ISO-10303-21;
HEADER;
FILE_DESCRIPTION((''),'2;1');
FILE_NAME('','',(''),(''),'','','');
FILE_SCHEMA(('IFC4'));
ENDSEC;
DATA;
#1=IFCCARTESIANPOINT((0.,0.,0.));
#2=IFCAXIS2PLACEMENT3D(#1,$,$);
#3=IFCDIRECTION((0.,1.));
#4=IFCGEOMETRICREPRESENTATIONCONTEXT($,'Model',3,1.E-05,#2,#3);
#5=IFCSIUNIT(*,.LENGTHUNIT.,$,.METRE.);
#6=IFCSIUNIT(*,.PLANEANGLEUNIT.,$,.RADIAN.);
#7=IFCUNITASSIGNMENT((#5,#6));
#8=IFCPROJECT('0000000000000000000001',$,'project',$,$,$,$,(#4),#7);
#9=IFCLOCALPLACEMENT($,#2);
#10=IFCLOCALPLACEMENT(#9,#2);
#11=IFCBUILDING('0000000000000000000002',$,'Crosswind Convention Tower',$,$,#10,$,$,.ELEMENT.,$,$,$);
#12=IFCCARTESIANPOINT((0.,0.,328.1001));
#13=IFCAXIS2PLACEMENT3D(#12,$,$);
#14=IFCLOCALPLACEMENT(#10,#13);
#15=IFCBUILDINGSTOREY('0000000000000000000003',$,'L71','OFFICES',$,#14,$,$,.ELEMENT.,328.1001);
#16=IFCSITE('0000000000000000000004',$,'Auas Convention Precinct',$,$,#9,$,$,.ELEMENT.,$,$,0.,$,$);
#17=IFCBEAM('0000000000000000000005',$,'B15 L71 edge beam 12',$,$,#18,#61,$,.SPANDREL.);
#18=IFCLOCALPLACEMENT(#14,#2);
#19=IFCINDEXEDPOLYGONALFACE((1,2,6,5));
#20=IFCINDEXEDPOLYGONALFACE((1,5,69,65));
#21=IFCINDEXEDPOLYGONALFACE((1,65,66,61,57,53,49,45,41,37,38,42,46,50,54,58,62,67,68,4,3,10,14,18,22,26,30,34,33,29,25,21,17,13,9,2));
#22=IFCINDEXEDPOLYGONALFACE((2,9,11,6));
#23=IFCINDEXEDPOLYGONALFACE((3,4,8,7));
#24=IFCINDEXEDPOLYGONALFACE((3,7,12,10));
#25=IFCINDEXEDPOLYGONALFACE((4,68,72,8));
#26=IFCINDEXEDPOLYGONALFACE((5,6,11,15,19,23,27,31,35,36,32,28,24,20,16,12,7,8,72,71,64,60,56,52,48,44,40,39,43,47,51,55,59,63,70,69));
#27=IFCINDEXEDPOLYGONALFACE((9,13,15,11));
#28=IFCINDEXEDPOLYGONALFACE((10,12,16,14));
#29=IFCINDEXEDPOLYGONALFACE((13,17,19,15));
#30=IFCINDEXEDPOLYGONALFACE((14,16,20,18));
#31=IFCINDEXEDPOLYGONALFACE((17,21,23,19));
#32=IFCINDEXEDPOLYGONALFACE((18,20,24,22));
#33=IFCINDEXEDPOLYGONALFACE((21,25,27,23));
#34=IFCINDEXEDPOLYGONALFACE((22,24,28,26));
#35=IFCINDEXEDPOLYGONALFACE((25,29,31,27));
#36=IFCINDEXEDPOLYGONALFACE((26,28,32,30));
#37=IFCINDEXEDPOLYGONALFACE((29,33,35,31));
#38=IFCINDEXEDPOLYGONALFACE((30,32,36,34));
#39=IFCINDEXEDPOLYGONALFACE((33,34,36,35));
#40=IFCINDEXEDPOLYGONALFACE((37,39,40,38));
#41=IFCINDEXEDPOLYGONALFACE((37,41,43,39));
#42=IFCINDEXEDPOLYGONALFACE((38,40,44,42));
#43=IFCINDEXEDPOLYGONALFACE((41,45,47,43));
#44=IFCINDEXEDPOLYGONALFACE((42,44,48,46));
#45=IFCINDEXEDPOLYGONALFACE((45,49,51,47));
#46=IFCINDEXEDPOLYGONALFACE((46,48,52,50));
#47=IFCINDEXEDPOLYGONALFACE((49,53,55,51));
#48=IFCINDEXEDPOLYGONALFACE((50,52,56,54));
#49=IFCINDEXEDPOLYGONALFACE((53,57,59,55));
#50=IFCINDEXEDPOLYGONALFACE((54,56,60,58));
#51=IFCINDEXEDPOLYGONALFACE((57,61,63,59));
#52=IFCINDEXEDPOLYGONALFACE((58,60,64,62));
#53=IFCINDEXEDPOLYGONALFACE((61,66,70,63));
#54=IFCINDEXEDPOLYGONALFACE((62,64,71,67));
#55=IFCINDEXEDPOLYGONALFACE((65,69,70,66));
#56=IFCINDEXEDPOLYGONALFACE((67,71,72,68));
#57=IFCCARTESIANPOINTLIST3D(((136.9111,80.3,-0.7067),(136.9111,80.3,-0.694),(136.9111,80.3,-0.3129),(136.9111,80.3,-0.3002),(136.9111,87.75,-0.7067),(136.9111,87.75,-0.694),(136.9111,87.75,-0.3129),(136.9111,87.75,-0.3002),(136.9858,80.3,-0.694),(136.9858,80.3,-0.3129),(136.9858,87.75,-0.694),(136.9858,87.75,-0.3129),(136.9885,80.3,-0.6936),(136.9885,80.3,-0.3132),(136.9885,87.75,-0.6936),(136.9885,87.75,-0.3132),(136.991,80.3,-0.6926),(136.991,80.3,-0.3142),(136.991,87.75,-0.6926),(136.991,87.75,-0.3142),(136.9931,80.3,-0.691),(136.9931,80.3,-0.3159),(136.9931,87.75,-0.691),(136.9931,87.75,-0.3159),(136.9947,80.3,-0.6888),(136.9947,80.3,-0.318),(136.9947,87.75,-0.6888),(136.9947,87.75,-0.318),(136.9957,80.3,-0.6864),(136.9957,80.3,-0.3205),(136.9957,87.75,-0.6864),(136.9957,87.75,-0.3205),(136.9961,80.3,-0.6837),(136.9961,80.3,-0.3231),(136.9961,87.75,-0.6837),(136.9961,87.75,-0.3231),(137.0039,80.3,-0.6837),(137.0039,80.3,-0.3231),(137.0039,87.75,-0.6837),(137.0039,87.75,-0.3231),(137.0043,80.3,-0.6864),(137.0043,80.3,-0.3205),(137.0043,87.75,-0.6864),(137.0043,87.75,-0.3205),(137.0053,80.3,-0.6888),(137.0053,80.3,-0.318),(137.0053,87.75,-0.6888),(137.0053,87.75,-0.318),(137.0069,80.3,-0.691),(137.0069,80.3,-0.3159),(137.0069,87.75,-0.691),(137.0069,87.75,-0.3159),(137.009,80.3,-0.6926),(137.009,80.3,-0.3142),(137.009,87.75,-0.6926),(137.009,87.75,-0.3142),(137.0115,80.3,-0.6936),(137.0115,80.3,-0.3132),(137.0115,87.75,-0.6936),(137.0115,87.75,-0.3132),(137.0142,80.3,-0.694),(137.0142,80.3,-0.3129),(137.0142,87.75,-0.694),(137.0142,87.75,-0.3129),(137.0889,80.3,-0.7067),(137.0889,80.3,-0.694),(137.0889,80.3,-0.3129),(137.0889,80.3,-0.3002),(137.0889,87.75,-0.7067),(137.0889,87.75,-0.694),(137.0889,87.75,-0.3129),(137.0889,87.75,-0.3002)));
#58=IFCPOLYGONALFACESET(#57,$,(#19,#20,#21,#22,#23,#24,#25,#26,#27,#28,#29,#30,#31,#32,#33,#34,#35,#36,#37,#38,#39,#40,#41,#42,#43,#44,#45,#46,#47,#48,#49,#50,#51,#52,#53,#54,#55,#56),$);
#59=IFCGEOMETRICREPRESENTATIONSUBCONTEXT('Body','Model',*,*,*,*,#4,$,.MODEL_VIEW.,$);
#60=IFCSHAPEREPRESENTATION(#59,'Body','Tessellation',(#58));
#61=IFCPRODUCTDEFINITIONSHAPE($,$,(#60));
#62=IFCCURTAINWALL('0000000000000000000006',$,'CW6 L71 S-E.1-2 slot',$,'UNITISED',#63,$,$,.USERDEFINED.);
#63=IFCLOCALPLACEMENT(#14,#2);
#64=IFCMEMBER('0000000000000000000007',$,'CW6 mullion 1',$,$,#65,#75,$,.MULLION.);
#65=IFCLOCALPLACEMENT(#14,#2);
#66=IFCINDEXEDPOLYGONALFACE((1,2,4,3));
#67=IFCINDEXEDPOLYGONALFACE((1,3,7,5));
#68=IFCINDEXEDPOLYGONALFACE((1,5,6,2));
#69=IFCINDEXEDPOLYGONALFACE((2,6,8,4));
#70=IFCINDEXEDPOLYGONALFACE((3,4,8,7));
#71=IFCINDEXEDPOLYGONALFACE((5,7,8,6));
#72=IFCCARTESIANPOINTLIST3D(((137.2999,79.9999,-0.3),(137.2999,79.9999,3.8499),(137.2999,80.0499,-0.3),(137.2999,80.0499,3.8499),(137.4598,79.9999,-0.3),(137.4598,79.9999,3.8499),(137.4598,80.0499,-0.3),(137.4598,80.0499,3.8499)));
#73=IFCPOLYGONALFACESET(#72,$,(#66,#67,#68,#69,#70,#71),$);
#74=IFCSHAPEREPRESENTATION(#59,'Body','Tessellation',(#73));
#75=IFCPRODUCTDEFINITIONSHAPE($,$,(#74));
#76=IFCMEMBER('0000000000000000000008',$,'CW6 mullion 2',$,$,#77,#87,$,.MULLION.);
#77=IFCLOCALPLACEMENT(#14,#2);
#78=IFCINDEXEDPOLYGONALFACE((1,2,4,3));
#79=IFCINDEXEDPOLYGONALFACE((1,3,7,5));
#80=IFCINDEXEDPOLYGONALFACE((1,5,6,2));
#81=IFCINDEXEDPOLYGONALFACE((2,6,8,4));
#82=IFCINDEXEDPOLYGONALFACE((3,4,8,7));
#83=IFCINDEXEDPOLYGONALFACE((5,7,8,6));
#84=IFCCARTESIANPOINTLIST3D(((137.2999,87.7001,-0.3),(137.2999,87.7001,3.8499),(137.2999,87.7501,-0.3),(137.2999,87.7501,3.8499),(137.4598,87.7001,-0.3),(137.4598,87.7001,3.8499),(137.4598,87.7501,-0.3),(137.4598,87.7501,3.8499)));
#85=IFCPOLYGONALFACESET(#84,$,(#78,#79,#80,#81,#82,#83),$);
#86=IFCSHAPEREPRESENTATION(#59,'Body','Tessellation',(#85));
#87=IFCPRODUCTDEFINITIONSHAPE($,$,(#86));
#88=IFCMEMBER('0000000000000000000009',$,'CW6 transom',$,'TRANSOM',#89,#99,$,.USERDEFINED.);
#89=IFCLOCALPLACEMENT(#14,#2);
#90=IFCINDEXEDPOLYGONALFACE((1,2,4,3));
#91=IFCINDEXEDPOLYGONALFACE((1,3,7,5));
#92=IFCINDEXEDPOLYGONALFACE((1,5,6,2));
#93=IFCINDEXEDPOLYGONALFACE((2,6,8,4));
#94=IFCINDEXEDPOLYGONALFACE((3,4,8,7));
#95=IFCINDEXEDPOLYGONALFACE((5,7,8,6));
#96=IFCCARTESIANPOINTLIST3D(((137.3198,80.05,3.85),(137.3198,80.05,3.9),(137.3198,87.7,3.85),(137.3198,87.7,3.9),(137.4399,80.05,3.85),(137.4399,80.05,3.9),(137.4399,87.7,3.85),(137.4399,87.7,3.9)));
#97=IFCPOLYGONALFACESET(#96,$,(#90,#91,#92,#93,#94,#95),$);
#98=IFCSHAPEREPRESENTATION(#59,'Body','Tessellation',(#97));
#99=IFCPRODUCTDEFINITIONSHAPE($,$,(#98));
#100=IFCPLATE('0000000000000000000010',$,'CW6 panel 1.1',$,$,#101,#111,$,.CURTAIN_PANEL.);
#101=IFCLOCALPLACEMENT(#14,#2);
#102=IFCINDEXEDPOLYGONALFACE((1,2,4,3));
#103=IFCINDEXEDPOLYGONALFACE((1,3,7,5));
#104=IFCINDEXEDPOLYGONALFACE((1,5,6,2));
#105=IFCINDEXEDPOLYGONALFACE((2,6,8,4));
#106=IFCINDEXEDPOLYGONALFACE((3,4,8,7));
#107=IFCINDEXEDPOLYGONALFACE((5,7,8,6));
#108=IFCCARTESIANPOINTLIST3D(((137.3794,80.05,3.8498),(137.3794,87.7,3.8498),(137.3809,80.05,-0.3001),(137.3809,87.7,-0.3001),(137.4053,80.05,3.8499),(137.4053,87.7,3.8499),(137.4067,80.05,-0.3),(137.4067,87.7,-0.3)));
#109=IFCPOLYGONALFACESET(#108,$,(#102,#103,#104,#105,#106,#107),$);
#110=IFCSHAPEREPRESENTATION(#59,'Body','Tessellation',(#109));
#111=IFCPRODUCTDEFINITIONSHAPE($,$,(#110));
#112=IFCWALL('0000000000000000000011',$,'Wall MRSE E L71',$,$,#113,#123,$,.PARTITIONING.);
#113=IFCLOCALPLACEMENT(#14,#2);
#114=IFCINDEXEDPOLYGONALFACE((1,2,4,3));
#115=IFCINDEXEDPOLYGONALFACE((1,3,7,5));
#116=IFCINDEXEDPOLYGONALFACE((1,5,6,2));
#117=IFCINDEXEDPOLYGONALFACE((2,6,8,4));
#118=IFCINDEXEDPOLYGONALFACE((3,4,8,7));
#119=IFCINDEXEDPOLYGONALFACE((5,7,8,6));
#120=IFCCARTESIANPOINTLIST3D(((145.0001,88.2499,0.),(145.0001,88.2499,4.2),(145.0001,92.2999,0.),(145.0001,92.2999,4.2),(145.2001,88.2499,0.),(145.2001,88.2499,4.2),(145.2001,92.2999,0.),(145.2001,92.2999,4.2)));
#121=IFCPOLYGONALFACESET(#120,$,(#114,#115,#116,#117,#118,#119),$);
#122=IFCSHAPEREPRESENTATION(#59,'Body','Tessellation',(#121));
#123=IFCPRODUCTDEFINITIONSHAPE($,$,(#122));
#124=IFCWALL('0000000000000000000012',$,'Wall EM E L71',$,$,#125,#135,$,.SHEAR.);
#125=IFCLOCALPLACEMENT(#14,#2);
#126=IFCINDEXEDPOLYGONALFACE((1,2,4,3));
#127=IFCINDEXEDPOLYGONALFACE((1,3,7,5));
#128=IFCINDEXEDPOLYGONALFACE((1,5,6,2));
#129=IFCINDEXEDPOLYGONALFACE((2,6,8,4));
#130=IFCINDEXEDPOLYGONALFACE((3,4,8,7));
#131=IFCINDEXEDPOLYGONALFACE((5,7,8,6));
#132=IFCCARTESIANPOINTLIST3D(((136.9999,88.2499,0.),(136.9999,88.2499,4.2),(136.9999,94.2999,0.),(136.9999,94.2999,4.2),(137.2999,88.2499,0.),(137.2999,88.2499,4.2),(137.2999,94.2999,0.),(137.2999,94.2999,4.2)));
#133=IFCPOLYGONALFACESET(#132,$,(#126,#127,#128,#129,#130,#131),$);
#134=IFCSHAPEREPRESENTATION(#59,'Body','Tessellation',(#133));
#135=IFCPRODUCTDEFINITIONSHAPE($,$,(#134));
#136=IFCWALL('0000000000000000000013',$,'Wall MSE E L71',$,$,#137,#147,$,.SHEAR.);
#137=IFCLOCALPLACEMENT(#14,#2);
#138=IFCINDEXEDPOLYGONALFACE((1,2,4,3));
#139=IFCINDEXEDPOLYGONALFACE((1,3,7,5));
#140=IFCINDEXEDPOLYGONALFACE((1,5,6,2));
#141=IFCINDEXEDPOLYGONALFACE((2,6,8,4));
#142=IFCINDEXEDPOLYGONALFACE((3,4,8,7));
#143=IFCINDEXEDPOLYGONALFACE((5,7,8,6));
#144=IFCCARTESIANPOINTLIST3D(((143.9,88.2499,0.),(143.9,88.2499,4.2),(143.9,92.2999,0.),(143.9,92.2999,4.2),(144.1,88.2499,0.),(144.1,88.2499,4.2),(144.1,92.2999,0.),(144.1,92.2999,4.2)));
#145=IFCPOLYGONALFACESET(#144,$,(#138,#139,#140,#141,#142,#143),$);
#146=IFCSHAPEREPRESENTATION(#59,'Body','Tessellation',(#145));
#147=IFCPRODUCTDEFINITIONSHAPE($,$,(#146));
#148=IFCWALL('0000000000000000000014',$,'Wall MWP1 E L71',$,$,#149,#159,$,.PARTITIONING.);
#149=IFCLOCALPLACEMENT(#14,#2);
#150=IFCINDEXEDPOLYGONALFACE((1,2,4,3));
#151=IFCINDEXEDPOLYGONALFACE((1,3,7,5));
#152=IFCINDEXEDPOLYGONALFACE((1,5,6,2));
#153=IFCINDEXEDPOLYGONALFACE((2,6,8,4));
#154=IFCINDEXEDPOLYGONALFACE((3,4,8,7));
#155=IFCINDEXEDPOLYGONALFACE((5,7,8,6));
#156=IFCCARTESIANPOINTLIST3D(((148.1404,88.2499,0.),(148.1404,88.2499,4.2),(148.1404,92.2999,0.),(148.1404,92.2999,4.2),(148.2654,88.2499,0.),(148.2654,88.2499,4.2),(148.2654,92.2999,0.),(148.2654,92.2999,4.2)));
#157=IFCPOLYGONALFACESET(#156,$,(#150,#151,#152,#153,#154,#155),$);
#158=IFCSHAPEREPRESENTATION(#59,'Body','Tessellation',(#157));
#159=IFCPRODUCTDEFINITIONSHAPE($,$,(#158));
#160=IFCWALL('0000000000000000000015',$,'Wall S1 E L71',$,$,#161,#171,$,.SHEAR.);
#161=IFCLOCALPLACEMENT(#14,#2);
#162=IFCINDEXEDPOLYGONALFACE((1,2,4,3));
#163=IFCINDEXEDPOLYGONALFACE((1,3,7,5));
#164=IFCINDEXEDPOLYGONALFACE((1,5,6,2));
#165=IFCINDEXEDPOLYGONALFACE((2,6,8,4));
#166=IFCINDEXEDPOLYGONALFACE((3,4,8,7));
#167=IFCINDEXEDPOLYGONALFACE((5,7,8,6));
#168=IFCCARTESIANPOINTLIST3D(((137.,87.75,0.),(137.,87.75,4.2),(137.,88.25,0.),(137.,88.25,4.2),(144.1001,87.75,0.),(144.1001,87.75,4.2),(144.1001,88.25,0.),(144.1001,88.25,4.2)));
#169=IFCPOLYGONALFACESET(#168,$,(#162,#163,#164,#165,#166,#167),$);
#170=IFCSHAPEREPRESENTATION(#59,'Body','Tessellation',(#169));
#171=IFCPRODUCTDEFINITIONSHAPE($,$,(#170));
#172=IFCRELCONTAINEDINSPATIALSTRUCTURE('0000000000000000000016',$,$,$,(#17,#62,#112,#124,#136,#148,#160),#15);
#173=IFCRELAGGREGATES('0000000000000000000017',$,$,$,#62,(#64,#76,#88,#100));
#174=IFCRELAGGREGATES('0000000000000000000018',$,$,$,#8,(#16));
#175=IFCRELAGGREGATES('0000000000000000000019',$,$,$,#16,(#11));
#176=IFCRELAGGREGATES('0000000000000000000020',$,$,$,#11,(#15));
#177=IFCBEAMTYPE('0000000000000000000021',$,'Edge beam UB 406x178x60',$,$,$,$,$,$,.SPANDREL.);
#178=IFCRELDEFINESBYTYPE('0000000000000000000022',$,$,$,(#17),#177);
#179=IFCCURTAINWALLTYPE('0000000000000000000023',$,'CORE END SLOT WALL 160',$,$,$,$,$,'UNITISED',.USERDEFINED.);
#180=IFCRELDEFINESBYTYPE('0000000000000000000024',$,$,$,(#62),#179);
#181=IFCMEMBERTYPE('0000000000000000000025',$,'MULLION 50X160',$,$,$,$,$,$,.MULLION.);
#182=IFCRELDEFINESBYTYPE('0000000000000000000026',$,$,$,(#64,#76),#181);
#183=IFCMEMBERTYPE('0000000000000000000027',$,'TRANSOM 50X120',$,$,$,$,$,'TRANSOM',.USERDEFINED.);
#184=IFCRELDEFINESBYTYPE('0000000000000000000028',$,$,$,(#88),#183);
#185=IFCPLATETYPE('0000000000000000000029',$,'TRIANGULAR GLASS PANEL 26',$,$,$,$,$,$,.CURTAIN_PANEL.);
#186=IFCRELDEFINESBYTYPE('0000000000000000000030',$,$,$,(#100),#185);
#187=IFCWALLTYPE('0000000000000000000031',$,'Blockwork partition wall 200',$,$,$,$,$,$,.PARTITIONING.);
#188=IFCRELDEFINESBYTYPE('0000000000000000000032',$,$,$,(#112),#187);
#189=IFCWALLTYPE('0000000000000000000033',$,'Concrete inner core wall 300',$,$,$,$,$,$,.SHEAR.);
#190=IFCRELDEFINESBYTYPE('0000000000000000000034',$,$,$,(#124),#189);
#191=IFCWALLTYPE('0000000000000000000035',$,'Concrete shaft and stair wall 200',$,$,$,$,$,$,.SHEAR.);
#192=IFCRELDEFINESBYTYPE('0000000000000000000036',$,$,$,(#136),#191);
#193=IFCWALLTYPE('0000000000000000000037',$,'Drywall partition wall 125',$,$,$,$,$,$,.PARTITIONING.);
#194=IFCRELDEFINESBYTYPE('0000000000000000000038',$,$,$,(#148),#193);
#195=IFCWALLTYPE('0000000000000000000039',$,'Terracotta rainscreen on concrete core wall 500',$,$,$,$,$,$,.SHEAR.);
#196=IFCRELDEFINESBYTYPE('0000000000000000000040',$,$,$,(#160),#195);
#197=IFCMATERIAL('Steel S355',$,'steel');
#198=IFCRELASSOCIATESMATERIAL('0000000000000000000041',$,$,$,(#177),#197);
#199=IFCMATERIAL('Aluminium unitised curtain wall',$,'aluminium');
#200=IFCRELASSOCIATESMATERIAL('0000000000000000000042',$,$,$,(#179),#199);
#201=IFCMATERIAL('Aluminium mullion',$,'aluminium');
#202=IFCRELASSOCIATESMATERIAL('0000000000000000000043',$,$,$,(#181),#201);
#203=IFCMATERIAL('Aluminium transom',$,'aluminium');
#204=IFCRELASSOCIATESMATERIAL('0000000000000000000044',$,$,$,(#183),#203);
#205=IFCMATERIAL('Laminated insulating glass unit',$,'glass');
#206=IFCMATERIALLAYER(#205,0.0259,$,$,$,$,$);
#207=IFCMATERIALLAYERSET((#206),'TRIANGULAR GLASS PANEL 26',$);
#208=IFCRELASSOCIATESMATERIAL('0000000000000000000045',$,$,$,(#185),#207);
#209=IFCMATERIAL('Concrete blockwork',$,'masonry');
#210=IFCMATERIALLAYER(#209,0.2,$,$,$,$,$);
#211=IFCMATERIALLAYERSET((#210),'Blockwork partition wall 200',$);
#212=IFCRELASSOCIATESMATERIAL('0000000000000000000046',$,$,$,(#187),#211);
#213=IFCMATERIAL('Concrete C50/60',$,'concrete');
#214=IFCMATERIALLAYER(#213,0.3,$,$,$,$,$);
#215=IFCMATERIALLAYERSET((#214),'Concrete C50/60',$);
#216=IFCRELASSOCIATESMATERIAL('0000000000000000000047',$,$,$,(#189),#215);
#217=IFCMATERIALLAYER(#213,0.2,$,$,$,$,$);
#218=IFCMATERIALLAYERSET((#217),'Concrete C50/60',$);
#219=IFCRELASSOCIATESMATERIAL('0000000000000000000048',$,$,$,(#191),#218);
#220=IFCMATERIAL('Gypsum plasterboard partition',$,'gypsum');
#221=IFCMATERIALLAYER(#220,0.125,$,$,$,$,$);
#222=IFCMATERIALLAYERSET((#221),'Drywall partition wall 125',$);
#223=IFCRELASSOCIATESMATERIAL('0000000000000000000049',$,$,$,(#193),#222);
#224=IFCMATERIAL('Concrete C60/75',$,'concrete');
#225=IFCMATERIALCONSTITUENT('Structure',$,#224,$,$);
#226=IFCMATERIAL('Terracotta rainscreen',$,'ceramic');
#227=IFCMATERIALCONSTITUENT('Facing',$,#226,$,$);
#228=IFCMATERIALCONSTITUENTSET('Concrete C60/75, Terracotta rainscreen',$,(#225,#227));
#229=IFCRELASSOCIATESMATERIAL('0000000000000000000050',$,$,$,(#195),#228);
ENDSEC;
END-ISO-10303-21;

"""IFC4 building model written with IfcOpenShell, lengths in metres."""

from ifc_helpers import new_model, si_unit, direction, frame, frame_2d, origin, origin_2d, place, context, subcontext, project, spatial, polyline, rectangle, i_section, outline, extrude, material, layer, layer_set, constituent, constituent_set, material_profile, profile_set, type_object, element, aggregate, save


model = new_model("IFC4")

# Units and contexts
model_context = context("Model", 3, precision=1e-05, world=origin(), true_north=direction((0.0, 1.0)))
body_context = subcontext(model_context, "Body", "Model", "MODEL_VIEW")
ifc_project = project(units=[si_unit("LENGTHUNIT", "METRE"), si_unit("PLANEANGLEUNIT", "RADIAN")], contexts=[model_context])

# Site, building, storey
site_placement = place(None, origin())
site = spatial("IfcSite", under=ifc_project, at=site_placement, Name="Auas Convention Precinct", CompositionType="ELEMENT", RefElevation=0.0)
building_placement = place(site_placement, origin())
building = spatial("IfcBuilding", under=site, at=building_placement, Name="Crosswind Convention Tower", CompositionType="ELEMENT")
storey_placement = place(building_placement, frame((0.0, 0.0, 328.1001)))
storey = spatial("IfcBuildingStorey", under=building, at=storey_placement, Name="L71", Description="OFFICES", CompositionType="ELEMENT", Elevation=328.1001)

# Beam
ifc_material_1 = material(Name="Steel S355", Category="steel")
ifc_material_profile_1 = material_profile(ifc_material_1, i_section(OverallWidth=0.1777, OverallDepth=0.4065, WebThickness=0.0078, FlangeThickness=0.0127, FilletRadius=0.0103, at=origin_2d()), Name="UB 406x178x60")
ifc_profile_set_1 = profile_set([ifc_material_profile_1], Name="Steel S355")
beam_type = type_object("IfcBeamType", Name="Edge beam UB 406x178x60", PredefinedType="SPANDREL", material=ifc_profile_set_1)
beam_placement = place(storey_placement, frame((137.0, 80.3, -0.5034), z_axis=(0.0, 1.0, 0.0), x_axis=(-1.0, 0.0, 0.0)))
element("IfcBeam", 1, at=beam_placement, inside=storey, type_object=beam_type, Name="B15 L71 edge beam 12", PredefinedType="SPANDREL", context=body_context, shape_type="SweptSolid", body=[
    extrude(i_section(OverallWidth=0.1777, OverallDepth=0.4065, WebThickness=0.0078, FlangeThickness=0.0127, FilletRadius=0.0103, at=origin_2d()), origin(), (0.0, 0.0, 1.0), 7.45),
])

# Curtain wall, members, plate
ifc_material_2 = material(Name="Aluminium unitised curtain wall", Category="aluminium")
curtain_wall_type = type_object("IfcCurtainWallType", Name="CORE END SLOT WALL 160", ElementType="UNITISED", PredefinedType="USERDEFINED", material=ifc_material_2)
curtain_wall_placement = place(storey_placement, origin())
curtain_wall = element("IfcCurtainWall", 2, at=curtain_wall_placement, inside=storey, type_object=curtain_wall_type, Name="CW6 L71 S-E.1-2 slot", ObjectType="UNITISED", PredefinedType="USERDEFINED")
ifc_material_3 = material(Name="Aluminium mullion", Category="aluminium")
ifc_material_profile_2 = material_profile(ifc_material_3, rectangle(XDim=0.1599, YDim=0.05, at=origin_2d()), Name="AL 160X50")
ifc_profile_set_2 = profile_set([ifc_material_profile_2], Name="Aluminium mullion")
member_type_1 = type_object("IfcMemberType", Name="MULLION 50X160", PredefinedType="MULLION", material=ifc_profile_set_2)
member_1_placement = place(storey_placement, frame((137.3799, 80.0249, -0.3), z_axis=(0.0, 0.0, 1.0), x_axis=(1.0, 0.0, 0.0)))
member_1 = element("IfcMember", 3, at=member_1_placement, type_object=member_type_1, Name="CW6 mullion 1", PredefinedType="MULLION", context=body_context, shape_type="SweptSolid", body=[
    extrude(rectangle(XDim=0.1599, YDim=0.05, at=origin_2d()), origin(), (0.0, 0.0, 1.0), 4.1499),
])
member_2_placement = place(storey_placement, frame((137.3799, 87.7251, -0.3), z_axis=(0.0, 0.0, 1.0), x_axis=(1.0, 0.0, 0.0)))
member_2 = element("IfcMember", 4, at=member_2_placement, type_object=member_type_1, Name="CW6 mullion 2", PredefinedType="MULLION", context=body_context, shape_type="SweptSolid", body=[
    extrude(rectangle(XDim=0.1599, YDim=0.05, at=origin_2d()), origin(), (0.0, 0.0, 1.0), 4.1499),
])
ifc_material_4 = material(Name="Aluminium transom", Category="aluminium")
ifc_material_profile_3 = material_profile(ifc_material_4, rectangle(XDim=0.1201, YDim=0.05, at=origin_2d()), Name="AL 120X50")
ifc_profile_set_3 = profile_set([ifc_material_profile_3], Name="Aluminium transom")
member_type_2 = type_object("IfcMemberType", Name="TRANSOM 50X120", ElementType="TRANSOM", PredefinedType="USERDEFINED", material=ifc_profile_set_3)
member_3_placement = place(storey_placement, frame((137.3799, 80.05, 3.875), z_axis=(0.0, 1.0, 0.0), x_axis=(-1.0, 0.0, 0.0)))
member_3 = element("IfcMember", 5, at=member_3_placement, type_object=member_type_2, Name="CW6 transom", ObjectType="TRANSOM", PredefinedType="USERDEFINED", context=body_context, shape_type="SweptSolid", body=[
    extrude(rectangle(XDim=0.1201, YDim=0.05, at=origin_2d()), origin(), (0.0, 0.0, 1.0), 7.6499),
])
ifc_material_5 = material(Name="Laminated insulating glass unit", Category="glass")
ifc_layer_1 = layer(ifc_material_5, 0.0259)
ifc_layer_set_1 = layer_set([ifc_layer_1], Name="TRIANGULAR GLASS PANEL 26")
plate_type = type_object("IfcPlateType", Name="TRIANGULAR GLASS PANEL 26", PredefinedType="CURTAIN_PANEL", material=ifc_layer_set_1)
plate_placement = place(storey_placement, frame((137.4067, 80.05, -0.3), z_axis=(1.0, 0.0, 0.000353), x_axis=(0.0, 1.0, 0.0)))
plate = element("IfcPlate", 6, at=plate_placement, type_object=plate_type, Name="CW6 panel 1.1", PredefinedType="CURTAIN_PANEL", context=body_context, shape_type="SweptSolid", body=[
    extrude(outline(polyline([(0.0, 0.0), (7.6499, 0.0), (7.6499, 4.1499), (0.0, 4.1499), (0.0, 0.0)])), origin(), (0.0, 0.0, -1.0), 0.0259),
])
aggregate(curtain_wall, [member_1, member_2, member_3, plate])

# Walls
ifc_material_6 = material(Name="Concrete blockwork", Category="masonry")
ifc_layer_2 = layer(ifc_material_6, 0.2)
ifc_layer_set_2 = layer_set([ifc_layer_2], Name="Blockwork partition wall 200")
wall_type_1 = type_object("IfcWallType", Name="Blockwork partition wall 200", PredefinedType="PARTITIONING", material=ifc_layer_set_2)
wall_1_placement = place(storey_placement, frame((145.1001, 88.25, 0.0), z_axis=(0.0, 0.0, 1.0), x_axis=(0.0, 1.0, 0.0)))
element("IfcWall", 7, at=wall_1_placement, inside=storey, type_object=wall_type_1, Name="Wall MRSE E L71", PredefinedType="PARTITIONING", context=body_context, shape_type="SweptSolid", body=[
    extrude(rectangle(XDim=4.05, YDim=0.2, at=frame_2d((2.0249, 0.0))), origin(), (0.0, 0.0, 1.0), 4.2),
])
ifc_material_7 = material(Name="Concrete C50/60", Category="concrete")
ifc_layer_3 = layer(ifc_material_7, 0.3)
ifc_layer_set_3 = layer_set([ifc_layer_3], Name="Concrete C50/60")
wall_type_2 = type_object("IfcWallType", Name="Concrete inner core wall 300", PredefinedType="SHEAR", material=ifc_layer_set_3)
wall_2_placement = place(storey_placement, frame((137.1499, 88.25, 0.0), z_axis=(0.0, 0.0, 1.0), x_axis=(0.0, 1.0, 0.0)))
element("IfcWall", 8, at=wall_2_placement, inside=storey, type_object=wall_type_2, Name="Wall EM E L71", PredefinedType="SHEAR", context=body_context, shape_type="SweptSolid", body=[
    extrude(rectangle(XDim=6.05, YDim=0.3, at=frame_2d((3.0249, 0.0))), origin(), (0.0, 0.0, 1.0), 4.2),
])
ifc_layer_4 = layer(ifc_material_7, 0.2)
ifc_layer_set_4 = layer_set([ifc_layer_4], Name="Concrete C50/60")
wall_type_3 = type_object("IfcWallType", Name="Concrete shaft and stair wall 200", PredefinedType="SHEAR", material=ifc_layer_set_4)
wall_3_placement = place(storey_placement, frame((144.0, 88.25, 0.0), z_axis=(0.0, 0.0, 1.0), x_axis=(0.0, 1.0, 0.0)))
element("IfcWall", 9, at=wall_3_placement, inside=storey, type_object=wall_type_3, Name="Wall MSE E L71", PredefinedType="SHEAR", context=body_context, shape_type="SweptSolid", body=[
    extrude(rectangle(XDim=4.05, YDim=0.2, at=frame_2d((2.0249, 0.0))), origin(), (0.0, 0.0, 1.0), 4.2),
])
ifc_material_8 = material(Name="Gypsum plasterboard partition", Category="gypsum")
ifc_layer_5 = layer(ifc_material_8, 0.125)
ifc_layer_set_5 = layer_set([ifc_layer_5], Name="Drywall partition wall 125")
wall_type_4 = type_object("IfcWallType", Name="Drywall partition wall 125", PredefinedType="PARTITIONING", material=ifc_layer_set_5)
wall_4_placement = place(storey_placement, frame((148.2029, 88.25, 0.0), z_axis=(0.0, 0.0, 1.0), x_axis=(0.0, 1.0, 0.0)))
element("IfcWall", 10, at=wall_4_placement, inside=storey, type_object=wall_type_4, Name="Wall MWP1 E L71", PredefinedType="PARTITIONING", context=body_context, shape_type="SweptSolid", body=[
    extrude(rectangle(XDim=4.05, YDim=0.125, at=frame_2d((2.0249, 0.0))), origin(), (0.0, 0.0, 1.0), 4.2),
])
ifc_material_9 = material(Name="Concrete C60/75", Category="concrete")
ifc_constituent_1 = constituent(ifc_material_9, Name="Structure")
ifc_material_10 = material(Name="Terracotta rainscreen", Category="ceramic")
ifc_constituent_2 = constituent(ifc_material_10, Name="Facing")
ifc_constituent_set = constituent_set(constituents=[ifc_constituent_1, ifc_constituent_2], Name="Concrete C60/75, Terracotta rainscreen")
wall_type_5 = type_object("IfcWallType", Name="Terracotta rainscreen on concrete core wall 500", PredefinedType="SHEAR", material=ifc_constituent_set)
wall_5_placement = place(storey_placement, frame((137.0, 88.0, 0.0), z_axis=(0.0, 0.0, 1.0), x_axis=(1.0, 0.0, 0.0)))
element("IfcWall", 11, at=wall_5_placement, inside=storey, type_object=wall_type_5, Name="Wall S1 E L71", PredefinedType="SHEAR", context=body_context, shape_type="SweptSolid", body=[
    extrude(rectangle(XDim=7.1001, YDim=0.5, at=frame_2d((3.55, 0.0))), origin(), (0.0, 0.0, 1.0), 4.2),
])

save(model, "model.ifc")
